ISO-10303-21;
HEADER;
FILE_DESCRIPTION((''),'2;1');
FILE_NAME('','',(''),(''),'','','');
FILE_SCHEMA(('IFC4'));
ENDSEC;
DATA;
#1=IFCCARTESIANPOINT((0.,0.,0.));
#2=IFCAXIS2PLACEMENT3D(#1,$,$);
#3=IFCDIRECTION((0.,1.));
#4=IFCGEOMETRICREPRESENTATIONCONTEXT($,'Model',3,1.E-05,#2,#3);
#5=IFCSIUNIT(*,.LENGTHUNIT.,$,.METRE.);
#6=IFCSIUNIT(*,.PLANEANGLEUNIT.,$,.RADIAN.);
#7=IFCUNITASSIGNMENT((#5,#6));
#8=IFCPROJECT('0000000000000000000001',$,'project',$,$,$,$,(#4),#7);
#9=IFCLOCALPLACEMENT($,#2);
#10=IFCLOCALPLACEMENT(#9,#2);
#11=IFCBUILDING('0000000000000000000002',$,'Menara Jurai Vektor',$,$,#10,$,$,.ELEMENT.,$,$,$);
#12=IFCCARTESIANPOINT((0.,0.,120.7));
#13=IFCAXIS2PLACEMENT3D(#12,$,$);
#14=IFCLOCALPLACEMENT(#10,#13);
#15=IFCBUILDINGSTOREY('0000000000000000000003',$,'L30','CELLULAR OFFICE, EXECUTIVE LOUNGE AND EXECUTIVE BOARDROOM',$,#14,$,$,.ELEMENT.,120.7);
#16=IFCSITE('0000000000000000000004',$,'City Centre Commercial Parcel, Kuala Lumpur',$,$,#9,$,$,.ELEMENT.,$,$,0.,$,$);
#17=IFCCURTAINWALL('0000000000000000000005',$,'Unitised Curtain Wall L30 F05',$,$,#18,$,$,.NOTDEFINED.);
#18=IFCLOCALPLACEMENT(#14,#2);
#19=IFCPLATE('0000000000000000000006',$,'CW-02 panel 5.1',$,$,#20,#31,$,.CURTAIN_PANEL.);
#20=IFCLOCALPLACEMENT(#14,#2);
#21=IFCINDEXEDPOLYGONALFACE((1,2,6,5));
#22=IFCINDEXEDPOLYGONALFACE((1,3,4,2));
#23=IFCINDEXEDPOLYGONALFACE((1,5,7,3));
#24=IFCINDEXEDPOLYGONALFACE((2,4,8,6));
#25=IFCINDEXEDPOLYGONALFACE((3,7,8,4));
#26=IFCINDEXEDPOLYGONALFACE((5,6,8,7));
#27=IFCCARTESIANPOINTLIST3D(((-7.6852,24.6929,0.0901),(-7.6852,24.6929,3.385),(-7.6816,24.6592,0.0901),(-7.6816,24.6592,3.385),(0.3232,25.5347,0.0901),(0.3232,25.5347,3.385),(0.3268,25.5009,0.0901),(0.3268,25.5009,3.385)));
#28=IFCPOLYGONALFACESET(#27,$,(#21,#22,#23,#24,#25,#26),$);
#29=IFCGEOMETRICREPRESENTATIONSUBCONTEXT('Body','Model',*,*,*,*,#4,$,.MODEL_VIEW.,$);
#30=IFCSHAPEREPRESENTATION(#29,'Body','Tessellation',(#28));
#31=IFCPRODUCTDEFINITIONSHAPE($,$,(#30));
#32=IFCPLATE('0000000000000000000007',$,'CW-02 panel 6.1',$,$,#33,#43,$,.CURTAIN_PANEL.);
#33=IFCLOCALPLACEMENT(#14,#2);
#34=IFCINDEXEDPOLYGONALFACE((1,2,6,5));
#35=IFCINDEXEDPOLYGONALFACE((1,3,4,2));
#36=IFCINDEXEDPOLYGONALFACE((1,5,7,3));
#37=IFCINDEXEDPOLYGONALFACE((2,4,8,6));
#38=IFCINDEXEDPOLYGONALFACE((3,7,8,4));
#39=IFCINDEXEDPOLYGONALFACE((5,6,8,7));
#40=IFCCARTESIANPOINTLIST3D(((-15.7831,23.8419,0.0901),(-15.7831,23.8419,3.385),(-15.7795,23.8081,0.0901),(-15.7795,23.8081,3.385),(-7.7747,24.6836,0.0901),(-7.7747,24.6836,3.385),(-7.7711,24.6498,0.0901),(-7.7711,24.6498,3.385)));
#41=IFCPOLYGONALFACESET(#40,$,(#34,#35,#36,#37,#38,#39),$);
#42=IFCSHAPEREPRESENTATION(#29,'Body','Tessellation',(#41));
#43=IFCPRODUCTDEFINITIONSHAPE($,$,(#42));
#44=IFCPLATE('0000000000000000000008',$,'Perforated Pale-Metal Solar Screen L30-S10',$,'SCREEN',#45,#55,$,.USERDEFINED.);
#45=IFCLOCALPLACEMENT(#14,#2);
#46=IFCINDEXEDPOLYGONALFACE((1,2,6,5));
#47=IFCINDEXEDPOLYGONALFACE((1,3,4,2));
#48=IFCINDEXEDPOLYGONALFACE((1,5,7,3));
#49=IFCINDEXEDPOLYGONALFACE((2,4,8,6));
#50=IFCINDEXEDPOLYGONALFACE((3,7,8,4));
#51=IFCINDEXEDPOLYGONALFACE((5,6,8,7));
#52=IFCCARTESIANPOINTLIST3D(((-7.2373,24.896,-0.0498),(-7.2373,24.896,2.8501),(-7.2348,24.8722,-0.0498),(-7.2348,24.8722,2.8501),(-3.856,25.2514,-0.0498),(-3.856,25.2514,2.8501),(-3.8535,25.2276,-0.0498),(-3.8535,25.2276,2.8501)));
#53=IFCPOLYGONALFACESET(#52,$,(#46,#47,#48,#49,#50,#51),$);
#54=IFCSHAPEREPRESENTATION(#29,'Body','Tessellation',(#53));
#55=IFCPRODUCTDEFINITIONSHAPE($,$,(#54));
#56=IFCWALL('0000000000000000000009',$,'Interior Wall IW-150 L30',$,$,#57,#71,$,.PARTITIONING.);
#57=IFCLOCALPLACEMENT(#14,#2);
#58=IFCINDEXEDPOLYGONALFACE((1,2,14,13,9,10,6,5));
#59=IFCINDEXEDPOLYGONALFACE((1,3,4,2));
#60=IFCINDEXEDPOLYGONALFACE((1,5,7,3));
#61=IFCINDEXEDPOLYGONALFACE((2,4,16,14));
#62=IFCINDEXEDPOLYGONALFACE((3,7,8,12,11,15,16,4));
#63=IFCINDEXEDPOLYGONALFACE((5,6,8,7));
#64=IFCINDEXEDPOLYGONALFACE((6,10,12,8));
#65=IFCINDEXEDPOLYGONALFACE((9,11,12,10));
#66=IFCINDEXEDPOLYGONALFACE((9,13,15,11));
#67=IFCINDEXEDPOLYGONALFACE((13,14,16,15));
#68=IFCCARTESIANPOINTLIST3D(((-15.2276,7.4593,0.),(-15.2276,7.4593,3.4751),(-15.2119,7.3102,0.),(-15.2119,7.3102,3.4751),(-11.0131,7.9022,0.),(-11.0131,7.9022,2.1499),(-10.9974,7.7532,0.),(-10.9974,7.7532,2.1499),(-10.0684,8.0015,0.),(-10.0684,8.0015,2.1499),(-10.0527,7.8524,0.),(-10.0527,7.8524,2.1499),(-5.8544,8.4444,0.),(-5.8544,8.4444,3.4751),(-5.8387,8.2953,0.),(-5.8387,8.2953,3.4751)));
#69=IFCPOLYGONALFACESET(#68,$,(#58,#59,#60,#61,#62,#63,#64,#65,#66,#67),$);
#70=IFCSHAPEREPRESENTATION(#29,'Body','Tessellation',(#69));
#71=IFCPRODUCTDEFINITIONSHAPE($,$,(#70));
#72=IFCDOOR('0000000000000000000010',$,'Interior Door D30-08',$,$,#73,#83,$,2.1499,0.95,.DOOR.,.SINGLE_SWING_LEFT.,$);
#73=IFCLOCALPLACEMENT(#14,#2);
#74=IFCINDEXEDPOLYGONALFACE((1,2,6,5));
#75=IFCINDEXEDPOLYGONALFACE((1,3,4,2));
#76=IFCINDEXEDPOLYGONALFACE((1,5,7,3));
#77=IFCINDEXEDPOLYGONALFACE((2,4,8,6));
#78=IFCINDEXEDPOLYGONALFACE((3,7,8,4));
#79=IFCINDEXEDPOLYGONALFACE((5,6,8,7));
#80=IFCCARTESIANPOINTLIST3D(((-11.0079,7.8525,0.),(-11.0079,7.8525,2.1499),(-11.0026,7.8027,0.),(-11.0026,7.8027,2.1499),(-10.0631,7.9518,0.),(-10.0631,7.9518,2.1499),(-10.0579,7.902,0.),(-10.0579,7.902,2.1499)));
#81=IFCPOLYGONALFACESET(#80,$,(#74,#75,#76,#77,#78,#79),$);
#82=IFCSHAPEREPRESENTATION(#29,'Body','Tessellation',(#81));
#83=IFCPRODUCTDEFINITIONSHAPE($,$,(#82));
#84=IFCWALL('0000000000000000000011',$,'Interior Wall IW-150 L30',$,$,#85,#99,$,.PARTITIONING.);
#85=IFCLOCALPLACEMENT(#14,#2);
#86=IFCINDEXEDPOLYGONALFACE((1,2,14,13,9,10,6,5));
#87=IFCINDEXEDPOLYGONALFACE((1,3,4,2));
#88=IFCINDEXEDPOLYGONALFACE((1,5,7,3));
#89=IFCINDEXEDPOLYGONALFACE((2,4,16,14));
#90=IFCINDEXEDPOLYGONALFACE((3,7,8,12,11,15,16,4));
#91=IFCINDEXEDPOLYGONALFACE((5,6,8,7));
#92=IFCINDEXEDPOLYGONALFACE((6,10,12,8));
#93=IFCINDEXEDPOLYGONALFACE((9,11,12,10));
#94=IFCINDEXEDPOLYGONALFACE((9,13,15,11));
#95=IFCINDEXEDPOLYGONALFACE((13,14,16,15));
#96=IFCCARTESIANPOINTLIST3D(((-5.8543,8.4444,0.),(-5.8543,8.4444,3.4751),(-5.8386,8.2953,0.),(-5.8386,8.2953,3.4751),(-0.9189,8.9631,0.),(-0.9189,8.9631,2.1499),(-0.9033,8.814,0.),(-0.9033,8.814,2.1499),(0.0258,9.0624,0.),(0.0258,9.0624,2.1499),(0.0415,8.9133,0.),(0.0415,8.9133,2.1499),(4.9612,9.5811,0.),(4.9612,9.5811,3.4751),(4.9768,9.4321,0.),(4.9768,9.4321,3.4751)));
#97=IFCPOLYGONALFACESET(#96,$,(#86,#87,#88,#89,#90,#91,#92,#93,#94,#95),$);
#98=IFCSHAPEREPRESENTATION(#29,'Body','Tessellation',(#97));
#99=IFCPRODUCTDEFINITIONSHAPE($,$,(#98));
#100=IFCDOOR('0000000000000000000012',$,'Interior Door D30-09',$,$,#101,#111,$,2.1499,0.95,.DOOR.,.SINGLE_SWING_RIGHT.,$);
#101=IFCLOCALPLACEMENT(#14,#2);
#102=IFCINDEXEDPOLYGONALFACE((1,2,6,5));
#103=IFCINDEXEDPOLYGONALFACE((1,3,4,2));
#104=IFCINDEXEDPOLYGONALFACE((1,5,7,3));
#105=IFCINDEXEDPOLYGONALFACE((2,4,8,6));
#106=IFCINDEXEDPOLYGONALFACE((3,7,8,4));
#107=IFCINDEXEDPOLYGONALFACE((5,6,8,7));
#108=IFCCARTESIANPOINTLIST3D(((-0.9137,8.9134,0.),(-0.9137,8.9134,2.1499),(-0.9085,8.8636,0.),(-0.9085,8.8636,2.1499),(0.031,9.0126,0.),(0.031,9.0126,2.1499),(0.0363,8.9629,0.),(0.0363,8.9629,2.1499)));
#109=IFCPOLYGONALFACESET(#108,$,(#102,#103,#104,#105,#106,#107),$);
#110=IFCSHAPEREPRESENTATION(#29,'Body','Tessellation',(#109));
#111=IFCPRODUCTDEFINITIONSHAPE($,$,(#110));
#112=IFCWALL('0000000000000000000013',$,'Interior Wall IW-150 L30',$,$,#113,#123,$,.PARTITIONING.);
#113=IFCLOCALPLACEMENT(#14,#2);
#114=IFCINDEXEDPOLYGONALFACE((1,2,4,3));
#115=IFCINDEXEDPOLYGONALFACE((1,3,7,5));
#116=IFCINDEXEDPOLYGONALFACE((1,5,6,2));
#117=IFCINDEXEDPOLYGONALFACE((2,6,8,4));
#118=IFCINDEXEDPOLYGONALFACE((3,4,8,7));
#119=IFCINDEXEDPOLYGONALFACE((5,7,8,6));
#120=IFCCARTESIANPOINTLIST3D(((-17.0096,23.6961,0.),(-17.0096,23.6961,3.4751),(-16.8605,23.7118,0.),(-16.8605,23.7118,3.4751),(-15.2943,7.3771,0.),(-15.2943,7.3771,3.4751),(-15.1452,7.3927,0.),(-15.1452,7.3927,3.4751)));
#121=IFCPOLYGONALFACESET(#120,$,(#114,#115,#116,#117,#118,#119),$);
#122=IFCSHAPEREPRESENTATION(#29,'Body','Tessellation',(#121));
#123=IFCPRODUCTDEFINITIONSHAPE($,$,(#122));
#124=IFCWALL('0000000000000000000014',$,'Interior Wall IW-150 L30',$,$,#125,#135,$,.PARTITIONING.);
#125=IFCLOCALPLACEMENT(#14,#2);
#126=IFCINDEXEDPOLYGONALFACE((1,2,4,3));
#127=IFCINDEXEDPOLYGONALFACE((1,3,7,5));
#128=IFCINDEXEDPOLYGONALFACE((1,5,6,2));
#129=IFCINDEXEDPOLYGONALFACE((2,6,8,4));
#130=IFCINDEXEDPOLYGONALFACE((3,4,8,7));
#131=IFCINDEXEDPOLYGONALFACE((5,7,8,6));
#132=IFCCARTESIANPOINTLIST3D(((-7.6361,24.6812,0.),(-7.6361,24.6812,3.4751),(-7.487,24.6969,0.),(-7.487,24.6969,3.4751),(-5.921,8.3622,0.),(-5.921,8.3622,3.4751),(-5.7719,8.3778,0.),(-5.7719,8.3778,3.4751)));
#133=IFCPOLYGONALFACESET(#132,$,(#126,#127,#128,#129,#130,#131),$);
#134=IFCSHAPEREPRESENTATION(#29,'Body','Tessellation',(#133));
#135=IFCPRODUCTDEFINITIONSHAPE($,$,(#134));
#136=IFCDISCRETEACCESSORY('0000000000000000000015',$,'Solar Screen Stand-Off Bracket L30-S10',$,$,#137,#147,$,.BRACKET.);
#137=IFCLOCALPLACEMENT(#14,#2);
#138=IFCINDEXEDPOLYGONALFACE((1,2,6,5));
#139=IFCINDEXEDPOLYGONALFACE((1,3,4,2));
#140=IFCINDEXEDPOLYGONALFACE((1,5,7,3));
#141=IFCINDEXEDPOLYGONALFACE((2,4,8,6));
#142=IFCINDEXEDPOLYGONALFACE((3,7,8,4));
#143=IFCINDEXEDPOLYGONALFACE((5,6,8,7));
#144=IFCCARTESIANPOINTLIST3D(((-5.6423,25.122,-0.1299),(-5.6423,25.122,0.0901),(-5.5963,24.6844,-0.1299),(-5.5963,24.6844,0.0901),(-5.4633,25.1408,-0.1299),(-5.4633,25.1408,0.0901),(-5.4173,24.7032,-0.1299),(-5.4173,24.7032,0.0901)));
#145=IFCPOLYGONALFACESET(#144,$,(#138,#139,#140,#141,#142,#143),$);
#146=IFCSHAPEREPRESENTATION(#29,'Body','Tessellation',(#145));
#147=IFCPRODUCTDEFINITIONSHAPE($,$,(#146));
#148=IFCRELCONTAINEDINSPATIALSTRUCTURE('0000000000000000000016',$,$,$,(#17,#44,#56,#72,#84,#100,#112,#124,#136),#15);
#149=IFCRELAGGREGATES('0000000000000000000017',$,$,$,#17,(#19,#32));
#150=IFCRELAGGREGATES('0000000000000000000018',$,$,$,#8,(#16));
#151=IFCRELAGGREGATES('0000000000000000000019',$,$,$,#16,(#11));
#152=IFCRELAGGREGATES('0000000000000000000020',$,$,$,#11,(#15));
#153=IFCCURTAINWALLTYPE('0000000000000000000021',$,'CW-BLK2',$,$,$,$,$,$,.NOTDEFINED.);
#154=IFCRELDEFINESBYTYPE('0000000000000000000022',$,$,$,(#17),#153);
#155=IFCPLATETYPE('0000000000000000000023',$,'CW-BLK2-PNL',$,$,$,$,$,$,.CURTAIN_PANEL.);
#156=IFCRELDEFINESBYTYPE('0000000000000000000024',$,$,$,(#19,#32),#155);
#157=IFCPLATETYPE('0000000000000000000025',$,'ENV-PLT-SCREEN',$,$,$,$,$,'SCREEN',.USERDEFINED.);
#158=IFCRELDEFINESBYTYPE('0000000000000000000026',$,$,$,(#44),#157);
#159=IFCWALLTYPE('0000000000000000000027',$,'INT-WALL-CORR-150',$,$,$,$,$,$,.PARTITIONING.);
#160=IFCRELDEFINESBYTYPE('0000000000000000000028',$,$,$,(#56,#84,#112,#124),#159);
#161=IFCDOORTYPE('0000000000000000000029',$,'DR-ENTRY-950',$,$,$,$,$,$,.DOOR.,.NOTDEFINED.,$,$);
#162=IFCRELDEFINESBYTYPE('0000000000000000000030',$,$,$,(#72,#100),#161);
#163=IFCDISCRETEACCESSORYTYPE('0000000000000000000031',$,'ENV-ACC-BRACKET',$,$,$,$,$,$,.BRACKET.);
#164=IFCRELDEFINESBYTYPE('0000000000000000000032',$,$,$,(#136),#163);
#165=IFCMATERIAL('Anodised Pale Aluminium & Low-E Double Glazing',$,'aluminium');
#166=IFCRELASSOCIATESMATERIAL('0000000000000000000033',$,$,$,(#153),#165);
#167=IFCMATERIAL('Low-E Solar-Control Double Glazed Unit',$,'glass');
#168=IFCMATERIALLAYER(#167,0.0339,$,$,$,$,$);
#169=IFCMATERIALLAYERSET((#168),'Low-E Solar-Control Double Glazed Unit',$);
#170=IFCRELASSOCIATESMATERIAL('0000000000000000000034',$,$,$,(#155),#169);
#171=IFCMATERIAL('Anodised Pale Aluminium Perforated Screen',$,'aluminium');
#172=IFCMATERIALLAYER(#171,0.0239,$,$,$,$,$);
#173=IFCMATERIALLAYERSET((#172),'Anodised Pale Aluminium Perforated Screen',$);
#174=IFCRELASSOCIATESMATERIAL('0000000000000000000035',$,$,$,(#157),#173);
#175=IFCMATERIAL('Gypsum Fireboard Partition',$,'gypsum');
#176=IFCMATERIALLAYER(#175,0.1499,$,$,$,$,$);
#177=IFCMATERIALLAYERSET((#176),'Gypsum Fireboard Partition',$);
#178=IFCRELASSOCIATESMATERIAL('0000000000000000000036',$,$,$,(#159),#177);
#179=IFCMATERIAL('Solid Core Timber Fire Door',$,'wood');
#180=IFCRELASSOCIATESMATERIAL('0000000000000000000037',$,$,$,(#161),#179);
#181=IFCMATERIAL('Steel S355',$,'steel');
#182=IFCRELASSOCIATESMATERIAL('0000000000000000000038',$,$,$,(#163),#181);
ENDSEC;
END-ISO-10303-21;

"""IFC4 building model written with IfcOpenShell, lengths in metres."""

from ifc_helpers import new_model, si_unit, direction, frame, frame_2d, origin, origin_2d, place, context, subcontext, project, spatial, rectangle, extrude, material, layer, layer_set, type_object, element, fill, aggregate, save


model = new_model("IFC4")

# Units and contexts
model_context = context("Model", 3, precision=1e-05, world=origin(), true_north=direction((0.0, 1.0)))
body_context = subcontext(model_context, "Body", "Model", "MODEL_VIEW")
ifc_project = project(units=[si_unit("LENGTHUNIT", "METRE"), si_unit("PLANEANGLEUNIT", "RADIAN")], contexts=[model_context])

# Site, building, storey
site_placement = place(None, origin())
site = spatial("IfcSite", under=ifc_project, at=site_placement, Name="City Centre Commercial Parcel, Kuala Lumpur", CompositionType="ELEMENT", RefElevation=0.0)
building_placement = place(site_placement, origin())
building = spatial("IfcBuilding", under=site, at=building_placement, Name="Menara Jurai Vektor", CompositionType="ELEMENT")
storey_placement = place(building_placement, frame((0.0, 0.0, 120.7)))
storey = spatial("IfcBuildingStorey", under=building, at=storey_placement, Name="L30", Description="CELLULAR OFFICE, EXECUTIVE LOUNGE AND EXECUTIVE BOARDROOM", CompositionType="ELEMENT", Elevation=120.7)

# Curtain wall
ifc_material_1 = material(Name="Anodised Pale Aluminium & Low-E Double Glazing", Category="aluminium")
curtain_wall_type = type_object("IfcCurtainWallType", Name="CW-BLK2", PredefinedType="NOTDEFINED", material=ifc_material_1)
curtain_wall_placement = place(storey_placement, origin())
curtain_wall = element("IfcCurtainWall", 1, at=curtain_wall_placement, inside=storey, type_object=curtain_wall_type, Name="Unitised Curtain Wall L30 F05", PredefinedType="NOTDEFINED")

# Shared definitions
ifc_material_2 = material(Name="Steel S355", Category="steel")

# Plates
ifc_material_3 = material(Name="Low-E Solar-Control Double Glazed Unit", Category="glass")
ifc_layer_1 = layer(ifc_material_3, 0.0339)
ifc_layer_set_1 = layer_set([ifc_layer_1], Name="Low-E Solar-Control Double Glazed Unit")
plate_type_1 = type_object("IfcPlateType", Name="CW-BLK2-PNL", PredefinedType="CURTAIN_PANEL", material=ifc_layer_set_1)
plate_1_placement = place(storey_placement, frame((-3.6792, 25.0969, 0.0901), z_axis=(0.0, 0.0, 1.0), x_axis=(-0.994522, -0.104529, 0.0)))
plate_1 = element("IfcPlate", 2, at=plate_1_placement, type_object=plate_type_1, Name="CW-02 panel 5.1", PredefinedType="CURTAIN_PANEL", context=body_context, shape_type="SweptSolid", body=[
    extrude(rectangle(XDim=8.0525, YDim=0.0339, at=origin_2d()), origin(), (0.0, 0.0, 1.0), 3.2949),
])
plate_2_placement = place(storey_placement, frame((-11.7771, 24.2458, 0.0901), z_axis=(0.0, 0.0, 1.0), x_axis=(-0.994522, -0.104529, 0.0)))
plate_2 = element("IfcPlate", 3, at=plate_2_placement, type_object=plate_type_1, Name="CW-02 panel 6.1", PredefinedType="CURTAIN_PANEL", context=body_context, shape_type="SweptSolid", body=[
    extrude(rectangle(XDim=8.0525, YDim=0.0339, at=origin_2d()), origin(), (0.0, 0.0, 1.0), 3.2949),
])
aggregate(curtain_wall, [plate_1, plate_2])
ifc_material_4 = material(Name="Anodised Pale Aluminium Perforated Screen", Category="aluminium")
ifc_layer_2 = layer(ifc_material_4, 0.0239)
ifc_layer_set_2 = layer_set([ifc_layer_2], Name="Anodised Pale Aluminium Perforated Screen")
plate_type_2 = type_object("IfcPlateType", Name="ENV-PLT-SCREEN", ElementType="SCREEN", PredefinedType="USERDEFINED", material=ifc_layer_set_2)
plate_3_placement = place(storey_placement, frame((-5.5454, 25.0618, -0.0498), z_axis=(0.0, 0.0, 1.0), x_axis=(-0.994522, -0.104528, 0.0)))
element("IfcPlate", 4, at=plate_3_placement, inside=storey, type_object=plate_type_2, Name="Perforated Pale-Metal Solar Screen L30-S10", ObjectType="SCREEN", PredefinedType="USERDEFINED", context=body_context, shape_type="SweptSolid", body=[
    extrude(rectangle(XDim=3.3999, YDim=0.0239, at=origin_2d()), origin(), (0.0, 0.0, 1.0), 2.8999),
])

# Walls, openings, doors
ifc_material_5 = material(Name="Gypsum Fireboard Partition", Category="gypsum")
ifc_layer_3 = layer(ifc_material_5, 0.1499)
ifc_layer_set_3 = layer_set([ifc_layer_3], Name="Gypsum Fireboard Partition")
wall_type = type_object("IfcWallType", Name="INT-WALL-CORR-150", PredefinedType="PARTITIONING", material=ifc_layer_set_3)
ifc_material_6 = material(Name="Solid Core Timber Fire Door", Category="wood")
door_type = type_object("IfcDoorType", Name="DR-ENTRY-950", OperationType="NOTDEFINED", PredefinedType="DOOR", material=ifc_material_6)
wall_1_placement = place(storey_placement, frame((-15.2197, 7.3848, 0.0), z_axis=(0.0, 0.0, 1.0), x_axis=(0.994523, 0.104522, 0.0)))
wall_1 = element("IfcWall", 5, at=wall_1_placement, inside=storey, type_object=wall_type, Name="Interior Wall IW-150 L30", PredefinedType="PARTITIONING", context=body_context, shape_type="SweptSolid", body=[
    extrude(rectangle(XDim=9.4248, YDim=0.1499, at=frame_2d((4.7124, 0.0))), origin(), (0.0, 0.0, 1.0), 3.4751),
])
opening_1_placement = place(wall_1_placement, frame((4.2375, 0.0, 0.0)))
opening_1 = element("IfcOpeningElement", 6, at=opening_1_placement, cuts=wall_1, PredefinedType="OPENING", context=body_context, shape_type="SweptSolid", body=[
    extrude(rectangle(XDim=0.95, YDim=2.1499, at=frame_2d((0.4751, 1.075))), frame((0.0, 0.085, 0.0), z_axis=(0.0, -1.0, 0.0), x_axis=(1.0, 0.0, 0.0)), (0.0, 0.0, 1.0), 0.1699),
])
door_1_placement = place(opening_1_placement, origin())
door_1 = element("IfcDoor", 7, at=door_1_placement, inside=storey, type_object=door_type, Name="Interior Door D30-08", OperationType="SINGLE_SWING_LEFT", OverallHeight=2.1499, OverallWidth=0.95, PredefinedType="DOOR", context=body_context, shape_type="SweptSolid", body=[
    extrude(rectangle(XDim=0.95, YDim=2.1499, at=frame_2d((0.4751, 1.075))), frame((0.0, 0.0249, 0.0), z_axis=(0.0, -1.0, 0.0), x_axis=(1.0, 0.0, 0.0)), (0.0, 0.0, 1.0), 0.05),
])
fill(opening_1, door_1)
wall_2_placement = place(storey_placement, frame((-5.8464, 8.3699, 0.0), z_axis=(0.0, 0.0, 1.0), x_axis=(0.994522, 0.104526, 0.0)))
wall_2 = element("IfcWall", 8, at=wall_2_placement, inside=storey, type_object=wall_type, Name="Interior Wall IW-150 L30", PredefinedType="PARTITIONING", context=body_context, shape_type="SweptSolid", body=[
    extrude(rectangle(XDim=10.875, YDim=0.1499, at=frame_2d((5.4375, 0.0))), origin(), (0.0, 0.0, 1.0), 3.4751),
])
opening_2_placement = place(wall_2_placement, frame((4.9624, 0.0, 0.0)))
opening_2 = element("IfcOpeningElement", 9, at=opening_2_placement, cuts=wall_2, PredefinedType="OPENING", context=body_context, shape_type="SweptSolid", body=[
    extrude(rectangle(XDim=0.95, YDim=2.1499, at=frame_2d((0.4751, 1.075))), frame((0.0, 0.085, 0.0), z_axis=(0.0, -1.0, 0.0), x_axis=(1.0, 0.0, 0.0)), (0.0, 0.0, 1.0), 0.1699),
])
door_2_placement = place(opening_2_placement, origin())
door_2 = element("IfcDoor", 10, at=door_2_placement, inside=storey, type_object=door_type, Name="Interior Door D30-09", OperationType="SINGLE_SWING_RIGHT", OverallHeight=2.1499, OverallWidth=0.95, PredefinedType="DOOR", context=body_context, shape_type="SweptSolid", body=[
    extrude(rectangle(XDim=0.95, YDim=2.1499, at=frame_2d((0.4751, 1.075))), frame((0.0, 0.0249, 0.0), z_axis=(0.0, -1.0, 0.0), x_axis=(1.0, 0.0, 0.0)), (0.0, 0.0, 1.0), 0.05),
])
fill(opening_2, door_2)

# Walls
for number, where, z_axis, x_axis, name in (
    (11, (-15.2197, 7.3848, 0.0), (0.0, 0.0, 1.0), (-0.104536, 0.994521, 0.0), "Interior Wall IW-150 L30"),
    (12, (-5.8464, 8.3699, 0.0), (0.0, 0.0, 1.0), (-0.104521, 0.994523, 0.0), "Interior Wall IW-150 L30"),
):
    element("IfcWall", number, at=place(storey_placement, frame(where, z_axis=z_axis, x_axis=x_axis)), inside=storey, type_object=wall_type, Name=name, PredefinedType="PARTITIONING", context=body_context, shape_type="SweptSolid", body=[
        extrude(rectangle(XDim=16.4089, YDim=0.1499, at=frame_2d((8.2046, 0.0))), origin(), (0.0, 0.0, 1.0), 3.4751),
    ])

# Discrete accessory
discrete_accessory_type = type_object("IfcDiscreteAccessoryType", Name="ENV-ACC-BRACKET", PredefinedType="BRACKET", material=ifc_material_2)
discrete_accessory_placement = place(storey_placement, frame((-5.5298, 24.9126, -0.1299), z_axis=(0.0, 0.0, 1.0), x_axis=(-0.994522, -0.104528, 0.0)))
element("IfcDiscreteAccessory", 13, at=discrete_accessory_placement, inside=storey, type_object=discrete_accessory_type, Name="Solar Screen Stand-Off Bracket L30-S10", PredefinedType="BRACKET", context=body_context, shape_type="SweptSolid", body=[
    extrude(rectangle(XDim=0.1799, YDim=0.4399, at=origin_2d()), origin(), (0.0, 0.0, 1.0), 0.22),
])

save(model, "model.ifc")
